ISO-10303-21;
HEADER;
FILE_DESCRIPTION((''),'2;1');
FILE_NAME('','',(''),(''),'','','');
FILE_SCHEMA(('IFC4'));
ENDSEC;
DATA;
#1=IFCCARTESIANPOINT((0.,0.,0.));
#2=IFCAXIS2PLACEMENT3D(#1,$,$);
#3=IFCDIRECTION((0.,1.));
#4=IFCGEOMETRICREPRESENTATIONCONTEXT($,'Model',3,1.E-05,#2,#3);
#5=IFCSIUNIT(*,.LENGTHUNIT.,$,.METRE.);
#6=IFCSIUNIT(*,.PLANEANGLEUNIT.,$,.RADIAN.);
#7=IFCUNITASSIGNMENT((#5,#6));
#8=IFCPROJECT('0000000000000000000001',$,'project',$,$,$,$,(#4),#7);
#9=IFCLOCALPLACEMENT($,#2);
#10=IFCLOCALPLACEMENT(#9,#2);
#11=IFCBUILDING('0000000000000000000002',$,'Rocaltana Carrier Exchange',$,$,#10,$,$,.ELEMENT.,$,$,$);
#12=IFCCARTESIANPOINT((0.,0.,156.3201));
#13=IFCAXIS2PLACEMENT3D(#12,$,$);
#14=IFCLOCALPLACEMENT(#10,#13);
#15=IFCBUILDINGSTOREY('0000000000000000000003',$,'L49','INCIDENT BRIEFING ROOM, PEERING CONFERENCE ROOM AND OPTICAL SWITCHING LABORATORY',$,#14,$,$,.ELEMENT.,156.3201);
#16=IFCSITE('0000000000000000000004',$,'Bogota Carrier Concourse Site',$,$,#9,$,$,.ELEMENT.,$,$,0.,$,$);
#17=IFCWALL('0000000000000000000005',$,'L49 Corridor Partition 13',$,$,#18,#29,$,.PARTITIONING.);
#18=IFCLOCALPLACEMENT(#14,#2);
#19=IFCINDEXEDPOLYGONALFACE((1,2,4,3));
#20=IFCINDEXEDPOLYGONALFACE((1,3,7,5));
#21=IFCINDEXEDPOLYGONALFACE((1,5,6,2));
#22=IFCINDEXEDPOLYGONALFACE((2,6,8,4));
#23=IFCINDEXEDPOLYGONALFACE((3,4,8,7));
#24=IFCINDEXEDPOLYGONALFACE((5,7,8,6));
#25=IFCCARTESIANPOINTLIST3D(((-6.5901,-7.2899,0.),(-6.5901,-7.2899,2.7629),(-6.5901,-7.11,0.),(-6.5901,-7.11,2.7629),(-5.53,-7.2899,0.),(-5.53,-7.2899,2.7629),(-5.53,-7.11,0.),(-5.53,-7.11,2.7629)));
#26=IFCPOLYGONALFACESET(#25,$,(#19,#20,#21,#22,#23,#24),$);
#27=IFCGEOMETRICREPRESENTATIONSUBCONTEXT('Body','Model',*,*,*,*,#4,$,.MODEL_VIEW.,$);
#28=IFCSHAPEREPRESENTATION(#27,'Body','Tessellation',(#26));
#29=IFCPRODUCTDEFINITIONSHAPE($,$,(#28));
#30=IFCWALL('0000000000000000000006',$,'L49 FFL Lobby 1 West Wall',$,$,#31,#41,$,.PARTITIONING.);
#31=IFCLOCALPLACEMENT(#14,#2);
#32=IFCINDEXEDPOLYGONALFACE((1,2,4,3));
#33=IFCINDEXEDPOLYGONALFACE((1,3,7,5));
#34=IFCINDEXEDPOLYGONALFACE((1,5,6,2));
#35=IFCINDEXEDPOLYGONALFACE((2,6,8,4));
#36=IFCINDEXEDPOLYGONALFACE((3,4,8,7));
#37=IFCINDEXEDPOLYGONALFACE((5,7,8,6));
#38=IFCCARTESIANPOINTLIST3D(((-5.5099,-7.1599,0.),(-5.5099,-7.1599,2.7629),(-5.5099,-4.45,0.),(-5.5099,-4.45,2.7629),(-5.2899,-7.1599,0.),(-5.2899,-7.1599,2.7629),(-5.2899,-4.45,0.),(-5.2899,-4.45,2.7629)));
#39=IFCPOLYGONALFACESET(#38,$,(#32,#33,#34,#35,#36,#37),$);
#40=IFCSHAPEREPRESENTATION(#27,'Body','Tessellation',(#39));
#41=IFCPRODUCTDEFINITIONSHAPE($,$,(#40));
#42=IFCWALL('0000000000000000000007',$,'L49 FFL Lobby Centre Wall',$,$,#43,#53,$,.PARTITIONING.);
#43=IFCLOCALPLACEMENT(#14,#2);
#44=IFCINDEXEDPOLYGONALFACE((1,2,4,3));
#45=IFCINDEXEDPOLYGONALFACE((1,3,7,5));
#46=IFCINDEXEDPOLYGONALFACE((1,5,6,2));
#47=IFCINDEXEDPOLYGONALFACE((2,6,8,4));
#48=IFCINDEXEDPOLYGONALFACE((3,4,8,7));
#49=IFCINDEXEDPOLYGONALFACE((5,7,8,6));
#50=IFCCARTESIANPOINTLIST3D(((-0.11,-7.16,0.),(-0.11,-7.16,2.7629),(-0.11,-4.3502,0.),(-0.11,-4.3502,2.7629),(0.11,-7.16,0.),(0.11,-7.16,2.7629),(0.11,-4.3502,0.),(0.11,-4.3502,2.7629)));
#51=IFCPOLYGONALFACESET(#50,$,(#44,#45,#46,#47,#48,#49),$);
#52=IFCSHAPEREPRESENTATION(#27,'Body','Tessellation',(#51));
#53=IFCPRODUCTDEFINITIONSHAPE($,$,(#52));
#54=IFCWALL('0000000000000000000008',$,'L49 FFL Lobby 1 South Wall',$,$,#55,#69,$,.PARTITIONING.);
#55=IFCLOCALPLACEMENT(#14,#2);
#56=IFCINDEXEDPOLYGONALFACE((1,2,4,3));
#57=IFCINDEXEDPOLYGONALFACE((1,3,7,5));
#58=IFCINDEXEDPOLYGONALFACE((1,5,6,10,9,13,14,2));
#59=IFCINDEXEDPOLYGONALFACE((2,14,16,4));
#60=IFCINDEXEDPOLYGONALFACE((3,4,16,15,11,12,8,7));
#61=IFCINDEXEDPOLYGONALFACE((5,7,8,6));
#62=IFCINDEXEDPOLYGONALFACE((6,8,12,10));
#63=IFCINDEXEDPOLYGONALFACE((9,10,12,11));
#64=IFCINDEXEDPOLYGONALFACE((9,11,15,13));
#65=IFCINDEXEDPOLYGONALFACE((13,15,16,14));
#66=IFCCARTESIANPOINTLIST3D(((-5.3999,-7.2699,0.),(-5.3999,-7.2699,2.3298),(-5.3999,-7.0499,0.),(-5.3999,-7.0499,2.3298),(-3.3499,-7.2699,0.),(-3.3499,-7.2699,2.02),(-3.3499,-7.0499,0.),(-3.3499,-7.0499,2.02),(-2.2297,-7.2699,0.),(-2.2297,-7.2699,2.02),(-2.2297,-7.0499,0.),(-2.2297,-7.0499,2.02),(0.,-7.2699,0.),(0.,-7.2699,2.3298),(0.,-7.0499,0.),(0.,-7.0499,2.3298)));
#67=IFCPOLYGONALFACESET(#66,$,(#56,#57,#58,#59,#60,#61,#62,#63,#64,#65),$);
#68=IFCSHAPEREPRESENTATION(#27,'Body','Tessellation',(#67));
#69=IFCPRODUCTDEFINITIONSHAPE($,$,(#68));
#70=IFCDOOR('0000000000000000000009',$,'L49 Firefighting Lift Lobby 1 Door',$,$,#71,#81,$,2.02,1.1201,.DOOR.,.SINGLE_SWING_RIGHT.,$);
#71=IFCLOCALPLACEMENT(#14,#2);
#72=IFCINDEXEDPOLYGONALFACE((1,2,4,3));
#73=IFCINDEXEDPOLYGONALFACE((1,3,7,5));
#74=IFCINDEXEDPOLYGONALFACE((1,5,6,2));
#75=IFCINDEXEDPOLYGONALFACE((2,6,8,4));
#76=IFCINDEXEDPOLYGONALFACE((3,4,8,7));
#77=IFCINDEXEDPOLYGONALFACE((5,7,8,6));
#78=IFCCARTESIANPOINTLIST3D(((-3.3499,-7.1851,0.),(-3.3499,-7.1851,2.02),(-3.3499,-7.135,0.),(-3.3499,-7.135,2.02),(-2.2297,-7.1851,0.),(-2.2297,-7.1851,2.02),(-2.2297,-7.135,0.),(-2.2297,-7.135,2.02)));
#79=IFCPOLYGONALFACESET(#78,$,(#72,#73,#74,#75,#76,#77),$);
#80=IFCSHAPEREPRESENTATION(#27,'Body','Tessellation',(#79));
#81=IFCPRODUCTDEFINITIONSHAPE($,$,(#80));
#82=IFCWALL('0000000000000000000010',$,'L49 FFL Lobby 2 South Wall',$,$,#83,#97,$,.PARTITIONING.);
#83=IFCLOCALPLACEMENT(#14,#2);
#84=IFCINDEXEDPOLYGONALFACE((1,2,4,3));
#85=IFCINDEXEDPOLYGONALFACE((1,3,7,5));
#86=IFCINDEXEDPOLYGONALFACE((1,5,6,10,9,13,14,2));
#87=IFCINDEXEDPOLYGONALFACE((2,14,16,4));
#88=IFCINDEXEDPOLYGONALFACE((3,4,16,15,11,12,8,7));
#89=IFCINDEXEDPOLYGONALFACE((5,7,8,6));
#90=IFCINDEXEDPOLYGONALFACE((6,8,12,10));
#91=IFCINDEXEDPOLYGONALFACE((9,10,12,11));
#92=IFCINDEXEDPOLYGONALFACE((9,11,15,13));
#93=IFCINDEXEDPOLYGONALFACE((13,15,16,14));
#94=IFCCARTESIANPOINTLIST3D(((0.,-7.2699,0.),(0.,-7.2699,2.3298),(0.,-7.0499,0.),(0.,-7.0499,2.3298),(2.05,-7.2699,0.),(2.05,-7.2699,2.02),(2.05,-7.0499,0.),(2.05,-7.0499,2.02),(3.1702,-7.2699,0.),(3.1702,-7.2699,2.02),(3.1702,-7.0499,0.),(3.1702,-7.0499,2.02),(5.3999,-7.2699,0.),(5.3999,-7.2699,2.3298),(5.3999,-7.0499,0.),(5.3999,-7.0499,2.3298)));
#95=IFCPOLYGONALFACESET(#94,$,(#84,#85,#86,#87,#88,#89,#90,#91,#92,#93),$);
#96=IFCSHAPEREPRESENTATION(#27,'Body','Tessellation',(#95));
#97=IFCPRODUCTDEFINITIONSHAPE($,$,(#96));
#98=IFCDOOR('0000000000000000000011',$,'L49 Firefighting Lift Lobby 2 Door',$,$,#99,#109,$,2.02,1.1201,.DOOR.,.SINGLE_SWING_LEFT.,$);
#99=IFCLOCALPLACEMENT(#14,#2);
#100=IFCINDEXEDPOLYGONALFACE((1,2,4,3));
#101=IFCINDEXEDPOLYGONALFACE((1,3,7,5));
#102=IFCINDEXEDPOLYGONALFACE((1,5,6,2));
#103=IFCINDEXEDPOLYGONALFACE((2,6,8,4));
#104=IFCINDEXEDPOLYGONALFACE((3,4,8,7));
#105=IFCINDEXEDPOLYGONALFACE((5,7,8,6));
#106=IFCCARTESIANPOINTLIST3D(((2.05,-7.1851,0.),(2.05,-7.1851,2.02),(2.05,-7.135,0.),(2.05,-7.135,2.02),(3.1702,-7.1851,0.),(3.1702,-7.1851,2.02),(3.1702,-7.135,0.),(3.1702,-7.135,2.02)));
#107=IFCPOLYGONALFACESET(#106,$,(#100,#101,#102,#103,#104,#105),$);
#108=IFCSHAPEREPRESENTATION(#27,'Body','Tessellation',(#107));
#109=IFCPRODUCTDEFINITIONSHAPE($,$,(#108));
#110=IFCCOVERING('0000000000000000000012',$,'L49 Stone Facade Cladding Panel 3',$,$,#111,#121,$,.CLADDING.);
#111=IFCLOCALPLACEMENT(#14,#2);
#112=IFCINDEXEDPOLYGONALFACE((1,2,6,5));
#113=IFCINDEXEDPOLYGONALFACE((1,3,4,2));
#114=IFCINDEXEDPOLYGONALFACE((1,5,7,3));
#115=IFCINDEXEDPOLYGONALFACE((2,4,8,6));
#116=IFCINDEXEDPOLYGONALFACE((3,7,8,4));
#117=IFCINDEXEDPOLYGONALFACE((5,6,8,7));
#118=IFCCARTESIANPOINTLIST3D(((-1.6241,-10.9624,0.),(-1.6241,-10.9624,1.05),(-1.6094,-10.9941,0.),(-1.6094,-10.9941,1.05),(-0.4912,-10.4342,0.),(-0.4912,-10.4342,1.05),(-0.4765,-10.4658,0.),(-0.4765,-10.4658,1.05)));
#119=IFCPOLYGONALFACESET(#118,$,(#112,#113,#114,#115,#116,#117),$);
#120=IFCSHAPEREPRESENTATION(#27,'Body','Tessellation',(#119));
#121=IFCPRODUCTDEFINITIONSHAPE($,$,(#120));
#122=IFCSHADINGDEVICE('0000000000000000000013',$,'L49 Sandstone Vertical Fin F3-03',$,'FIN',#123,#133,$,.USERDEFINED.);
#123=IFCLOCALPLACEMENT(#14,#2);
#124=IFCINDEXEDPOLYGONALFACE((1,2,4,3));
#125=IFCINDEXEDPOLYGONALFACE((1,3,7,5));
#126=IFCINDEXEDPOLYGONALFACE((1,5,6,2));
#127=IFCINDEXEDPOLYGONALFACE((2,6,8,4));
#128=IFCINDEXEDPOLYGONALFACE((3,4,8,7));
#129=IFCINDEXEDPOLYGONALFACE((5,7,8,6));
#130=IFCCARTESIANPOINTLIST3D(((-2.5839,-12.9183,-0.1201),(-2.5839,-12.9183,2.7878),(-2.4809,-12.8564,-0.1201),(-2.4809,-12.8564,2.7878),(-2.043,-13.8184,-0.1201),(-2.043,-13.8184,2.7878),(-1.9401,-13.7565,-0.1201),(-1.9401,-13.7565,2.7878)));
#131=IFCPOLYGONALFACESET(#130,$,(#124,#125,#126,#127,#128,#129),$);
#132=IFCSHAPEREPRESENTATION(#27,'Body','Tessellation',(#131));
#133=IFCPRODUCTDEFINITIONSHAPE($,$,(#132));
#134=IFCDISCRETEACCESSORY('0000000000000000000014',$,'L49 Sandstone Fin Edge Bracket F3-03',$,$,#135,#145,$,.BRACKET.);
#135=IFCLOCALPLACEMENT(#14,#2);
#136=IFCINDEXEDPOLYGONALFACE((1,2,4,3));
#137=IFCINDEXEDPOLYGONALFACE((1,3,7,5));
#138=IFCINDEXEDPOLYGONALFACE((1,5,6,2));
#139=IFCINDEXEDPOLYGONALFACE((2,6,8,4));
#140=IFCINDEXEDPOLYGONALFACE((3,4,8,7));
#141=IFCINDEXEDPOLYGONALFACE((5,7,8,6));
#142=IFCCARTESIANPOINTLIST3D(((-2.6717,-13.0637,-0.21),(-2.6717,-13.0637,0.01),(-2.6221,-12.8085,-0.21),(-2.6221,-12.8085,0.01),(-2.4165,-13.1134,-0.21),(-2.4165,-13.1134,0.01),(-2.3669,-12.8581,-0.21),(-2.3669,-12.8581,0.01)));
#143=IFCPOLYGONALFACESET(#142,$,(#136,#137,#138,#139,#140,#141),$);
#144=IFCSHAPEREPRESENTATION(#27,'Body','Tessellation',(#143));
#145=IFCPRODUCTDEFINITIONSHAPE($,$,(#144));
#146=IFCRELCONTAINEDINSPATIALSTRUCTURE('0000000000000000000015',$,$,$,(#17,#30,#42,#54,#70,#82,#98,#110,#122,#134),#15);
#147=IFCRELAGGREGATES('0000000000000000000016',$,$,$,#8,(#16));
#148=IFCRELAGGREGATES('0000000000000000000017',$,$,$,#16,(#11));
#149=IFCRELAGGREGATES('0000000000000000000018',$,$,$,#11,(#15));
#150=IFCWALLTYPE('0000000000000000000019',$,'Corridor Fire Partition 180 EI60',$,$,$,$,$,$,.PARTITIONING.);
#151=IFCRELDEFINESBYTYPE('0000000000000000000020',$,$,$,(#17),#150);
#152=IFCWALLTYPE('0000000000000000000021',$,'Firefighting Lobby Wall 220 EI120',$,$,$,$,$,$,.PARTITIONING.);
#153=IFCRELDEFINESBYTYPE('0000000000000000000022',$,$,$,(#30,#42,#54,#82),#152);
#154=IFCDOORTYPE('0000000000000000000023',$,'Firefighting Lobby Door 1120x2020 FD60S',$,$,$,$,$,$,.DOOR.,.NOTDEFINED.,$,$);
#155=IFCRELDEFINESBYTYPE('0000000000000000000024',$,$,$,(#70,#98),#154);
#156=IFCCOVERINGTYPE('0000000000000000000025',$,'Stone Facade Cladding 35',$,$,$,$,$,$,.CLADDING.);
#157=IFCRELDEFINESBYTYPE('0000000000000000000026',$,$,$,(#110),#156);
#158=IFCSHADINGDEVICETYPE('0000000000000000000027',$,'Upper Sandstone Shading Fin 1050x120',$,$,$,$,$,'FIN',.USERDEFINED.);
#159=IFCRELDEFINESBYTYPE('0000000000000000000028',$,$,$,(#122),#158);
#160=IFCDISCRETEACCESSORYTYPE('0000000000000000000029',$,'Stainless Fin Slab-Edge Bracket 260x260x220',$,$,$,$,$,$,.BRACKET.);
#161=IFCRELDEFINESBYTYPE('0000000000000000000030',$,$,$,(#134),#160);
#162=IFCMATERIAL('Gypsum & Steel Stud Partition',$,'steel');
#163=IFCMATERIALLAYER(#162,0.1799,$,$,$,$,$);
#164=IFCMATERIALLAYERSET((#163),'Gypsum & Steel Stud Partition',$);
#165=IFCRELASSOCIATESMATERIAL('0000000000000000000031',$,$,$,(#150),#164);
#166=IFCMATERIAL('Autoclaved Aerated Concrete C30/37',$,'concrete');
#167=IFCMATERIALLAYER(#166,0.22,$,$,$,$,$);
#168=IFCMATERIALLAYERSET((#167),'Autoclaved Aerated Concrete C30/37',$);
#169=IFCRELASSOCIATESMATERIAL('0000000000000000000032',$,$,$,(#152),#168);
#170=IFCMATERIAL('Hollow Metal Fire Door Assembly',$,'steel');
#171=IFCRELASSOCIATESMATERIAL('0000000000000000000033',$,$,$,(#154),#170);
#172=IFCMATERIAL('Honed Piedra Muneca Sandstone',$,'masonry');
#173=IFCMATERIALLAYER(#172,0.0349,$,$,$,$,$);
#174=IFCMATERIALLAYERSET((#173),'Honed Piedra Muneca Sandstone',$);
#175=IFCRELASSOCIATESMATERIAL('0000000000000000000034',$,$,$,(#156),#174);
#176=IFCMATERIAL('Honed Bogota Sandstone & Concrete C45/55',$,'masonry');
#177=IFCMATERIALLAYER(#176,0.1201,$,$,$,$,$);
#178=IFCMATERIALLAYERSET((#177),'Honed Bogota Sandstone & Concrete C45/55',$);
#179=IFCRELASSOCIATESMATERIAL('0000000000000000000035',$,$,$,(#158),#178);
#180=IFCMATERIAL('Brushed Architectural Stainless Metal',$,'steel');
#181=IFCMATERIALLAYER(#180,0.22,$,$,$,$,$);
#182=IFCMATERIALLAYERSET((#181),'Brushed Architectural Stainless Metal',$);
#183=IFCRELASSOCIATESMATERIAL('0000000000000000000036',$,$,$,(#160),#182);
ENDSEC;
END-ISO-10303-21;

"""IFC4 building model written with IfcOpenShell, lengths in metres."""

from ifc_helpers import new_model, si_unit, direction, frame, frame_2d, origin, origin_2d, place, context, subcontext, project, spatial, rectangle, extrude, material, layer, layer_set, type_object, element, fill, save


model = new_model("IFC4")

# Units and contexts
model_context = context("Model", 3, precision=1e-05, world=origin(), true_north=direction((0.0, 1.0)))
body_context = subcontext(model_context, "Body", "Model", "MODEL_VIEW")
ifc_project = project(units=[si_unit("LENGTHUNIT", "METRE"), si_unit("PLANEANGLEUNIT", "RADIAN")], contexts=[model_context])

# Site, building, storey
site_placement = place(None, origin())
site = spatial("IfcSite", under=ifc_project, at=site_placement, Name="Bogota Carrier Concourse Site", CompositionType="ELEMENT", RefElevation=0.0)
building_placement = place(site_placement, origin())
building = spatial("IfcBuilding", under=site, at=building_placement, Name="Rocaltana Carrier Exchange", CompositionType="ELEMENT")
storey_placement = place(building_placement, frame((0.0, 0.0, 156.3201)))
storey = spatial("IfcBuildingStorey", under=building, at=storey_placement, Name="L49", Description="INCIDENT BRIEFING ROOM, PEERING CONFERENCE ROOM AND OPTICAL SWITCHING LABORATORY", CompositionType="ELEMENT", Elevation=156.3201)

# Walls
ifc_material_1 = material(Name="Gypsum & Steel Stud Partition", Category="steel")
ifc_layer_1 = layer(ifc_material_1, 0.1799)
ifc_layer_set_1 = layer_set([ifc_layer_1], Name="Gypsum & Steel Stud Partition")
wall_type_1 = type_object("IfcWallType", Name="Corridor Fire Partition 180 EI60", PredefinedType="PARTITIONING", material=ifc_layer_set_1)
wall_1_placement = place(storey_placement, frame((-6.5901, -7.2, 0.0), z_axis=(0.0, 0.0, 1.0), x_axis=(1.0, 0.0, 0.0)))
element("IfcWall", 1, at=wall_1_placement, inside=storey, type_object=wall_type_1, Name="L49 Corridor Partition 13", PredefinedType="PARTITIONING", context=body_context, shape_type="SweptSolid", body=[
    extrude(rectangle(XDim=1.0601, YDim=0.1799, at=frame_2d((0.53, 0.0))), origin(), (0.0, 0.0, 1.0), 2.7629),
])
ifc_material_2 = material(Name="Autoclaved Aerated Concrete C30/37", Category="concrete")
ifc_layer_2 = layer(ifc_material_2, 0.22)
ifc_layer_set_2 = layer_set([ifc_layer_2], Name="Autoclaved Aerated Concrete C30/37")
wall_type_2 = type_object("IfcWallType", Name="Firefighting Lobby Wall 220 EI120", PredefinedType="PARTITIONING", material=ifc_layer_set_2)
wall_2_placement = place(storey_placement, frame((-5.3999, -7.1599, 0.0), z_axis=(0.0, 0.0, 1.0), x_axis=(0.0, 1.0, 0.0)))
element("IfcWall", 2, at=wall_2_placement, inside=storey, type_object=wall_type_2, Name="L49 FFL Lobby 1 West Wall", PredefinedType="PARTITIONING", context=body_context, shape_type="SweptSolid", body=[
    extrude(rectangle(XDim=2.71, YDim=0.22, at=frame_2d((1.355, 0.0))), origin(), (0.0, 0.0, 1.0), 2.7629),
])
wall_3_placement = place(storey_placement, frame((0.0, -7.1599, 0.0), z_axis=(0.0, 0.0, 1.0), x_axis=(0.0, 1.0, 0.0)))
element("IfcWall", 3, at=wall_3_placement, inside=storey, type_object=wall_type_2, Name="L49 FFL Lobby Centre Wall", PredefinedType="PARTITIONING", context=body_context, shape_type="SweptSolid", body=[
    extrude(rectangle(XDim=2.8098, YDim=0.22, at=frame_2d((1.4048, 0.0))), origin(), (0.0, 0.0, 1.0), 2.7629),
])

# Walls, openings, doors
wall_4_placement = place(storey_placement, frame((-5.3999, -7.1599, 0.0), z_axis=(0.0, 0.0, 1.0), x_axis=(1.0, 0.0, 0.0)))
wall_4 = element("IfcWall", 4, at=wall_4_placement, inside=storey, type_object=wall_type_2, Name="L49 FFL Lobby 1 South Wall", PredefinedType="PARTITIONING", context=body_context, shape_type="SweptSolid", body=[
    extrude(rectangle(XDim=5.3999, YDim=0.22, at=frame_2d((2.7, 0.0))), origin(), (0.0, 0.0, 1.0), 2.3298),
])
opening_1_placement = place(wall_4_placement, frame((2.05, 0.0, 0.0)))
opening_1 = element("IfcOpeningElement", 5, at=opening_1_placement, cuts=wall_4, PredefinedType="OPENING", context=body_context, shape_type="SweptSolid", body=[
    extrude(rectangle(XDim=1.1201, YDim=2.02, at=frame_2d((0.5601, 1.01))), frame((0.0, 0.1199, 0.0), z_axis=(0.0, -1.0, 0.0), x_axis=(1.0, 0.0, 0.0)), (0.0, 0.0, 1.0), 0.24),
])
ifc_material_3 = material(Name="Hollow Metal Fire Door Assembly", Category="steel")
door_type = type_object("IfcDoorType", Name="Firefighting Lobby Door 1120x2020 FD60S", OperationType="NOTDEFINED", PredefinedType="DOOR", material=ifc_material_3)
door_1_placement = place(opening_1_placement, origin())
door_1 = element("IfcDoor", 6, at=door_1_placement, inside=storey, type_object=door_type, Name="L49 Firefighting Lift Lobby 1 Door", OperationType="SINGLE_SWING_RIGHT", OverallHeight=2.02, OverallWidth=1.1201, PredefinedType="DOOR", context=body_context, shape_type="SweptSolid", body=[
    extrude(rectangle(XDim=1.1201, YDim=2.02, at=frame_2d((0.5601, 1.01))), frame((0.0, 0.0249, 0.0), z_axis=(0.0, -1.0, 0.0), x_axis=(1.0, 0.0, 0.0)), (0.0, 0.0, 1.0), 0.05),
])
fill(opening_1, door_1)
wall_5_placement = place(storey_placement, frame((0.0, -7.1599, 0.0), z_axis=(0.0, 0.0, 1.0), x_axis=(1.0, 0.0, 0.0)))
wall_5 = element("IfcWall", 7, at=wall_5_placement, inside=storey, type_object=wall_type_2, Name="L49 FFL Lobby 2 South Wall", PredefinedType="PARTITIONING", context=body_context, shape_type="SweptSolid", body=[
    extrude(rectangle(XDim=5.3999, YDim=0.22, at=frame_2d((2.7, 0.0))), origin(), (0.0, 0.0, 1.0), 2.3298),
])
opening_2_placement = place(wall_5_placement, frame((2.05, 0.0, 0.0)))
opening_2 = element("IfcOpeningElement", 8, at=opening_2_placement, cuts=wall_5, PredefinedType="OPENING", context=body_context, shape_type="SweptSolid", body=[
    extrude(rectangle(XDim=1.1201, YDim=2.02, at=frame_2d((0.5601, 1.01))), frame((0.0, 0.1199, 0.0), z_axis=(0.0, -1.0, 0.0), x_axis=(1.0, 0.0, 0.0)), (0.0, 0.0, 1.0), 0.24),
])
door_2_placement = place(opening_2_placement, origin())
door_2 = element("IfcDoor", 9, at=door_2_placement, inside=storey, type_object=door_type, Name="L49 Firefighting Lift Lobby 2 Door", OperationType="SINGLE_SWING_LEFT", OverallHeight=2.02, OverallWidth=1.1201, PredefinedType="DOOR", context=body_context, shape_type="SweptSolid", body=[
    extrude(rectangle(XDim=1.1201, YDim=2.02, at=frame_2d((0.5601, 1.01))), frame((0.0, 0.0249, 0.0), z_axis=(0.0, -1.0, 0.0), x_axis=(1.0, 0.0, 0.0)), (0.0, 0.0, 1.0), 0.05),
])
fill(opening_2, door_2)

# Covering
ifc_material_4 = material(Name="Honed Piedra Muneca Sandstone", Category="masonry")
ifc_layer_3 = layer(ifc_material_4, 0.0349)
ifc_layer_set_3 = layer_set([ifc_layer_3], Name="Honed Piedra Muneca Sandstone")
covering_type = type_object("IfcCoveringType", Name="Stone Facade Cladding 35", PredefinedType="CLADDING", material=ifc_layer_set_3)
covering_placement = place(storey_placement, frame((-1.0503, -10.7141, 0.0), z_axis=(0.0, 0.0, 1.0), x_axis=(0.906308, 0.422618, 0.0)))
element("IfcCovering", 10, at=covering_placement, inside=storey, type_object=covering_type, Name="L49 Stone Facade Cladding Panel 3", PredefinedType="CLADDING", context=body_context, shape_type="SweptSolid", body=[
    extrude(rectangle(XDim=1.25, YDim=0.0349, at=origin_2d()), origin(), (0.0, 0.0, 1.0), 1.05),
])

# Shading device
ifc_material_5 = material(Name="Honed Bogota Sandstone & Concrete C45/55", Category="masonry")
ifc_layer_4 = layer(ifc_material_5, 0.1201)
ifc_layer_set_4 = layer_set([ifc_layer_4], Name="Honed Bogota Sandstone & Concrete C45/55")
shading_device_type = type_object("IfcShadingDeviceType", Name="Upper Sandstone Shading Fin 1050x120", ElementType="FIN", PredefinedType="USERDEFINED", material=ifc_layer_set_4)
shading_device_placement = place(storey_placement, frame((-2.262, -13.3374, -0.1201), z_axis=(0.0, 0.0, 1.0), x_axis=(0.515038, -0.857167, 0.0)))
element("IfcShadingDevice", 11, at=shading_device_placement, inside=storey, type_object=shading_device_type, Name="L49 Sandstone Vertical Fin F3-03", ObjectType="FIN", PredefinedType="USERDEFINED", context=body_context, shape_type="SweptSolid", body=[
    extrude(rectangle(XDim=1.05, YDim=0.1201, at=origin_2d()), origin(), (0.0, 0.0, 1.0), 2.908),
])

# Discrete accessory
ifc_material_6 = material(Name="Brushed Architectural Stainless Metal", Category="steel")
ifc_layer_5 = layer(ifc_material_6, 0.22)
ifc_layer_set_5 = layer_set([ifc_layer_5], Name="Brushed Architectural Stainless Metal")
discrete_accessory_type = type_object("IfcDiscreteAccessoryType", Name="Stainless Fin Slab-Edge Bracket 260x260x220", PredefinedType="BRACKET", material=ifc_layer_set_5)
discrete_accessory_placement = place(storey_placement, frame((-2.5193, -12.9609, -0.21), z_axis=(0.0, 0.0, 1.0), x_axis=(0.981627, -0.190809, 0.0)))
element("IfcDiscreteAccessory", 12, at=discrete_accessory_placement, inside=storey, type_object=discrete_accessory_type, Name="L49 Sandstone Fin Edge Bracket F3-03", PredefinedType="BRACKET", context=body_context, shape_type="SweptSolid", body=[
    extrude(rectangle(XDim=0.26, YDim=0.26, at=origin_2d()), origin(), (0.0, 0.0, 1.0), 0.22),
])

save(model, "model.ifc")
